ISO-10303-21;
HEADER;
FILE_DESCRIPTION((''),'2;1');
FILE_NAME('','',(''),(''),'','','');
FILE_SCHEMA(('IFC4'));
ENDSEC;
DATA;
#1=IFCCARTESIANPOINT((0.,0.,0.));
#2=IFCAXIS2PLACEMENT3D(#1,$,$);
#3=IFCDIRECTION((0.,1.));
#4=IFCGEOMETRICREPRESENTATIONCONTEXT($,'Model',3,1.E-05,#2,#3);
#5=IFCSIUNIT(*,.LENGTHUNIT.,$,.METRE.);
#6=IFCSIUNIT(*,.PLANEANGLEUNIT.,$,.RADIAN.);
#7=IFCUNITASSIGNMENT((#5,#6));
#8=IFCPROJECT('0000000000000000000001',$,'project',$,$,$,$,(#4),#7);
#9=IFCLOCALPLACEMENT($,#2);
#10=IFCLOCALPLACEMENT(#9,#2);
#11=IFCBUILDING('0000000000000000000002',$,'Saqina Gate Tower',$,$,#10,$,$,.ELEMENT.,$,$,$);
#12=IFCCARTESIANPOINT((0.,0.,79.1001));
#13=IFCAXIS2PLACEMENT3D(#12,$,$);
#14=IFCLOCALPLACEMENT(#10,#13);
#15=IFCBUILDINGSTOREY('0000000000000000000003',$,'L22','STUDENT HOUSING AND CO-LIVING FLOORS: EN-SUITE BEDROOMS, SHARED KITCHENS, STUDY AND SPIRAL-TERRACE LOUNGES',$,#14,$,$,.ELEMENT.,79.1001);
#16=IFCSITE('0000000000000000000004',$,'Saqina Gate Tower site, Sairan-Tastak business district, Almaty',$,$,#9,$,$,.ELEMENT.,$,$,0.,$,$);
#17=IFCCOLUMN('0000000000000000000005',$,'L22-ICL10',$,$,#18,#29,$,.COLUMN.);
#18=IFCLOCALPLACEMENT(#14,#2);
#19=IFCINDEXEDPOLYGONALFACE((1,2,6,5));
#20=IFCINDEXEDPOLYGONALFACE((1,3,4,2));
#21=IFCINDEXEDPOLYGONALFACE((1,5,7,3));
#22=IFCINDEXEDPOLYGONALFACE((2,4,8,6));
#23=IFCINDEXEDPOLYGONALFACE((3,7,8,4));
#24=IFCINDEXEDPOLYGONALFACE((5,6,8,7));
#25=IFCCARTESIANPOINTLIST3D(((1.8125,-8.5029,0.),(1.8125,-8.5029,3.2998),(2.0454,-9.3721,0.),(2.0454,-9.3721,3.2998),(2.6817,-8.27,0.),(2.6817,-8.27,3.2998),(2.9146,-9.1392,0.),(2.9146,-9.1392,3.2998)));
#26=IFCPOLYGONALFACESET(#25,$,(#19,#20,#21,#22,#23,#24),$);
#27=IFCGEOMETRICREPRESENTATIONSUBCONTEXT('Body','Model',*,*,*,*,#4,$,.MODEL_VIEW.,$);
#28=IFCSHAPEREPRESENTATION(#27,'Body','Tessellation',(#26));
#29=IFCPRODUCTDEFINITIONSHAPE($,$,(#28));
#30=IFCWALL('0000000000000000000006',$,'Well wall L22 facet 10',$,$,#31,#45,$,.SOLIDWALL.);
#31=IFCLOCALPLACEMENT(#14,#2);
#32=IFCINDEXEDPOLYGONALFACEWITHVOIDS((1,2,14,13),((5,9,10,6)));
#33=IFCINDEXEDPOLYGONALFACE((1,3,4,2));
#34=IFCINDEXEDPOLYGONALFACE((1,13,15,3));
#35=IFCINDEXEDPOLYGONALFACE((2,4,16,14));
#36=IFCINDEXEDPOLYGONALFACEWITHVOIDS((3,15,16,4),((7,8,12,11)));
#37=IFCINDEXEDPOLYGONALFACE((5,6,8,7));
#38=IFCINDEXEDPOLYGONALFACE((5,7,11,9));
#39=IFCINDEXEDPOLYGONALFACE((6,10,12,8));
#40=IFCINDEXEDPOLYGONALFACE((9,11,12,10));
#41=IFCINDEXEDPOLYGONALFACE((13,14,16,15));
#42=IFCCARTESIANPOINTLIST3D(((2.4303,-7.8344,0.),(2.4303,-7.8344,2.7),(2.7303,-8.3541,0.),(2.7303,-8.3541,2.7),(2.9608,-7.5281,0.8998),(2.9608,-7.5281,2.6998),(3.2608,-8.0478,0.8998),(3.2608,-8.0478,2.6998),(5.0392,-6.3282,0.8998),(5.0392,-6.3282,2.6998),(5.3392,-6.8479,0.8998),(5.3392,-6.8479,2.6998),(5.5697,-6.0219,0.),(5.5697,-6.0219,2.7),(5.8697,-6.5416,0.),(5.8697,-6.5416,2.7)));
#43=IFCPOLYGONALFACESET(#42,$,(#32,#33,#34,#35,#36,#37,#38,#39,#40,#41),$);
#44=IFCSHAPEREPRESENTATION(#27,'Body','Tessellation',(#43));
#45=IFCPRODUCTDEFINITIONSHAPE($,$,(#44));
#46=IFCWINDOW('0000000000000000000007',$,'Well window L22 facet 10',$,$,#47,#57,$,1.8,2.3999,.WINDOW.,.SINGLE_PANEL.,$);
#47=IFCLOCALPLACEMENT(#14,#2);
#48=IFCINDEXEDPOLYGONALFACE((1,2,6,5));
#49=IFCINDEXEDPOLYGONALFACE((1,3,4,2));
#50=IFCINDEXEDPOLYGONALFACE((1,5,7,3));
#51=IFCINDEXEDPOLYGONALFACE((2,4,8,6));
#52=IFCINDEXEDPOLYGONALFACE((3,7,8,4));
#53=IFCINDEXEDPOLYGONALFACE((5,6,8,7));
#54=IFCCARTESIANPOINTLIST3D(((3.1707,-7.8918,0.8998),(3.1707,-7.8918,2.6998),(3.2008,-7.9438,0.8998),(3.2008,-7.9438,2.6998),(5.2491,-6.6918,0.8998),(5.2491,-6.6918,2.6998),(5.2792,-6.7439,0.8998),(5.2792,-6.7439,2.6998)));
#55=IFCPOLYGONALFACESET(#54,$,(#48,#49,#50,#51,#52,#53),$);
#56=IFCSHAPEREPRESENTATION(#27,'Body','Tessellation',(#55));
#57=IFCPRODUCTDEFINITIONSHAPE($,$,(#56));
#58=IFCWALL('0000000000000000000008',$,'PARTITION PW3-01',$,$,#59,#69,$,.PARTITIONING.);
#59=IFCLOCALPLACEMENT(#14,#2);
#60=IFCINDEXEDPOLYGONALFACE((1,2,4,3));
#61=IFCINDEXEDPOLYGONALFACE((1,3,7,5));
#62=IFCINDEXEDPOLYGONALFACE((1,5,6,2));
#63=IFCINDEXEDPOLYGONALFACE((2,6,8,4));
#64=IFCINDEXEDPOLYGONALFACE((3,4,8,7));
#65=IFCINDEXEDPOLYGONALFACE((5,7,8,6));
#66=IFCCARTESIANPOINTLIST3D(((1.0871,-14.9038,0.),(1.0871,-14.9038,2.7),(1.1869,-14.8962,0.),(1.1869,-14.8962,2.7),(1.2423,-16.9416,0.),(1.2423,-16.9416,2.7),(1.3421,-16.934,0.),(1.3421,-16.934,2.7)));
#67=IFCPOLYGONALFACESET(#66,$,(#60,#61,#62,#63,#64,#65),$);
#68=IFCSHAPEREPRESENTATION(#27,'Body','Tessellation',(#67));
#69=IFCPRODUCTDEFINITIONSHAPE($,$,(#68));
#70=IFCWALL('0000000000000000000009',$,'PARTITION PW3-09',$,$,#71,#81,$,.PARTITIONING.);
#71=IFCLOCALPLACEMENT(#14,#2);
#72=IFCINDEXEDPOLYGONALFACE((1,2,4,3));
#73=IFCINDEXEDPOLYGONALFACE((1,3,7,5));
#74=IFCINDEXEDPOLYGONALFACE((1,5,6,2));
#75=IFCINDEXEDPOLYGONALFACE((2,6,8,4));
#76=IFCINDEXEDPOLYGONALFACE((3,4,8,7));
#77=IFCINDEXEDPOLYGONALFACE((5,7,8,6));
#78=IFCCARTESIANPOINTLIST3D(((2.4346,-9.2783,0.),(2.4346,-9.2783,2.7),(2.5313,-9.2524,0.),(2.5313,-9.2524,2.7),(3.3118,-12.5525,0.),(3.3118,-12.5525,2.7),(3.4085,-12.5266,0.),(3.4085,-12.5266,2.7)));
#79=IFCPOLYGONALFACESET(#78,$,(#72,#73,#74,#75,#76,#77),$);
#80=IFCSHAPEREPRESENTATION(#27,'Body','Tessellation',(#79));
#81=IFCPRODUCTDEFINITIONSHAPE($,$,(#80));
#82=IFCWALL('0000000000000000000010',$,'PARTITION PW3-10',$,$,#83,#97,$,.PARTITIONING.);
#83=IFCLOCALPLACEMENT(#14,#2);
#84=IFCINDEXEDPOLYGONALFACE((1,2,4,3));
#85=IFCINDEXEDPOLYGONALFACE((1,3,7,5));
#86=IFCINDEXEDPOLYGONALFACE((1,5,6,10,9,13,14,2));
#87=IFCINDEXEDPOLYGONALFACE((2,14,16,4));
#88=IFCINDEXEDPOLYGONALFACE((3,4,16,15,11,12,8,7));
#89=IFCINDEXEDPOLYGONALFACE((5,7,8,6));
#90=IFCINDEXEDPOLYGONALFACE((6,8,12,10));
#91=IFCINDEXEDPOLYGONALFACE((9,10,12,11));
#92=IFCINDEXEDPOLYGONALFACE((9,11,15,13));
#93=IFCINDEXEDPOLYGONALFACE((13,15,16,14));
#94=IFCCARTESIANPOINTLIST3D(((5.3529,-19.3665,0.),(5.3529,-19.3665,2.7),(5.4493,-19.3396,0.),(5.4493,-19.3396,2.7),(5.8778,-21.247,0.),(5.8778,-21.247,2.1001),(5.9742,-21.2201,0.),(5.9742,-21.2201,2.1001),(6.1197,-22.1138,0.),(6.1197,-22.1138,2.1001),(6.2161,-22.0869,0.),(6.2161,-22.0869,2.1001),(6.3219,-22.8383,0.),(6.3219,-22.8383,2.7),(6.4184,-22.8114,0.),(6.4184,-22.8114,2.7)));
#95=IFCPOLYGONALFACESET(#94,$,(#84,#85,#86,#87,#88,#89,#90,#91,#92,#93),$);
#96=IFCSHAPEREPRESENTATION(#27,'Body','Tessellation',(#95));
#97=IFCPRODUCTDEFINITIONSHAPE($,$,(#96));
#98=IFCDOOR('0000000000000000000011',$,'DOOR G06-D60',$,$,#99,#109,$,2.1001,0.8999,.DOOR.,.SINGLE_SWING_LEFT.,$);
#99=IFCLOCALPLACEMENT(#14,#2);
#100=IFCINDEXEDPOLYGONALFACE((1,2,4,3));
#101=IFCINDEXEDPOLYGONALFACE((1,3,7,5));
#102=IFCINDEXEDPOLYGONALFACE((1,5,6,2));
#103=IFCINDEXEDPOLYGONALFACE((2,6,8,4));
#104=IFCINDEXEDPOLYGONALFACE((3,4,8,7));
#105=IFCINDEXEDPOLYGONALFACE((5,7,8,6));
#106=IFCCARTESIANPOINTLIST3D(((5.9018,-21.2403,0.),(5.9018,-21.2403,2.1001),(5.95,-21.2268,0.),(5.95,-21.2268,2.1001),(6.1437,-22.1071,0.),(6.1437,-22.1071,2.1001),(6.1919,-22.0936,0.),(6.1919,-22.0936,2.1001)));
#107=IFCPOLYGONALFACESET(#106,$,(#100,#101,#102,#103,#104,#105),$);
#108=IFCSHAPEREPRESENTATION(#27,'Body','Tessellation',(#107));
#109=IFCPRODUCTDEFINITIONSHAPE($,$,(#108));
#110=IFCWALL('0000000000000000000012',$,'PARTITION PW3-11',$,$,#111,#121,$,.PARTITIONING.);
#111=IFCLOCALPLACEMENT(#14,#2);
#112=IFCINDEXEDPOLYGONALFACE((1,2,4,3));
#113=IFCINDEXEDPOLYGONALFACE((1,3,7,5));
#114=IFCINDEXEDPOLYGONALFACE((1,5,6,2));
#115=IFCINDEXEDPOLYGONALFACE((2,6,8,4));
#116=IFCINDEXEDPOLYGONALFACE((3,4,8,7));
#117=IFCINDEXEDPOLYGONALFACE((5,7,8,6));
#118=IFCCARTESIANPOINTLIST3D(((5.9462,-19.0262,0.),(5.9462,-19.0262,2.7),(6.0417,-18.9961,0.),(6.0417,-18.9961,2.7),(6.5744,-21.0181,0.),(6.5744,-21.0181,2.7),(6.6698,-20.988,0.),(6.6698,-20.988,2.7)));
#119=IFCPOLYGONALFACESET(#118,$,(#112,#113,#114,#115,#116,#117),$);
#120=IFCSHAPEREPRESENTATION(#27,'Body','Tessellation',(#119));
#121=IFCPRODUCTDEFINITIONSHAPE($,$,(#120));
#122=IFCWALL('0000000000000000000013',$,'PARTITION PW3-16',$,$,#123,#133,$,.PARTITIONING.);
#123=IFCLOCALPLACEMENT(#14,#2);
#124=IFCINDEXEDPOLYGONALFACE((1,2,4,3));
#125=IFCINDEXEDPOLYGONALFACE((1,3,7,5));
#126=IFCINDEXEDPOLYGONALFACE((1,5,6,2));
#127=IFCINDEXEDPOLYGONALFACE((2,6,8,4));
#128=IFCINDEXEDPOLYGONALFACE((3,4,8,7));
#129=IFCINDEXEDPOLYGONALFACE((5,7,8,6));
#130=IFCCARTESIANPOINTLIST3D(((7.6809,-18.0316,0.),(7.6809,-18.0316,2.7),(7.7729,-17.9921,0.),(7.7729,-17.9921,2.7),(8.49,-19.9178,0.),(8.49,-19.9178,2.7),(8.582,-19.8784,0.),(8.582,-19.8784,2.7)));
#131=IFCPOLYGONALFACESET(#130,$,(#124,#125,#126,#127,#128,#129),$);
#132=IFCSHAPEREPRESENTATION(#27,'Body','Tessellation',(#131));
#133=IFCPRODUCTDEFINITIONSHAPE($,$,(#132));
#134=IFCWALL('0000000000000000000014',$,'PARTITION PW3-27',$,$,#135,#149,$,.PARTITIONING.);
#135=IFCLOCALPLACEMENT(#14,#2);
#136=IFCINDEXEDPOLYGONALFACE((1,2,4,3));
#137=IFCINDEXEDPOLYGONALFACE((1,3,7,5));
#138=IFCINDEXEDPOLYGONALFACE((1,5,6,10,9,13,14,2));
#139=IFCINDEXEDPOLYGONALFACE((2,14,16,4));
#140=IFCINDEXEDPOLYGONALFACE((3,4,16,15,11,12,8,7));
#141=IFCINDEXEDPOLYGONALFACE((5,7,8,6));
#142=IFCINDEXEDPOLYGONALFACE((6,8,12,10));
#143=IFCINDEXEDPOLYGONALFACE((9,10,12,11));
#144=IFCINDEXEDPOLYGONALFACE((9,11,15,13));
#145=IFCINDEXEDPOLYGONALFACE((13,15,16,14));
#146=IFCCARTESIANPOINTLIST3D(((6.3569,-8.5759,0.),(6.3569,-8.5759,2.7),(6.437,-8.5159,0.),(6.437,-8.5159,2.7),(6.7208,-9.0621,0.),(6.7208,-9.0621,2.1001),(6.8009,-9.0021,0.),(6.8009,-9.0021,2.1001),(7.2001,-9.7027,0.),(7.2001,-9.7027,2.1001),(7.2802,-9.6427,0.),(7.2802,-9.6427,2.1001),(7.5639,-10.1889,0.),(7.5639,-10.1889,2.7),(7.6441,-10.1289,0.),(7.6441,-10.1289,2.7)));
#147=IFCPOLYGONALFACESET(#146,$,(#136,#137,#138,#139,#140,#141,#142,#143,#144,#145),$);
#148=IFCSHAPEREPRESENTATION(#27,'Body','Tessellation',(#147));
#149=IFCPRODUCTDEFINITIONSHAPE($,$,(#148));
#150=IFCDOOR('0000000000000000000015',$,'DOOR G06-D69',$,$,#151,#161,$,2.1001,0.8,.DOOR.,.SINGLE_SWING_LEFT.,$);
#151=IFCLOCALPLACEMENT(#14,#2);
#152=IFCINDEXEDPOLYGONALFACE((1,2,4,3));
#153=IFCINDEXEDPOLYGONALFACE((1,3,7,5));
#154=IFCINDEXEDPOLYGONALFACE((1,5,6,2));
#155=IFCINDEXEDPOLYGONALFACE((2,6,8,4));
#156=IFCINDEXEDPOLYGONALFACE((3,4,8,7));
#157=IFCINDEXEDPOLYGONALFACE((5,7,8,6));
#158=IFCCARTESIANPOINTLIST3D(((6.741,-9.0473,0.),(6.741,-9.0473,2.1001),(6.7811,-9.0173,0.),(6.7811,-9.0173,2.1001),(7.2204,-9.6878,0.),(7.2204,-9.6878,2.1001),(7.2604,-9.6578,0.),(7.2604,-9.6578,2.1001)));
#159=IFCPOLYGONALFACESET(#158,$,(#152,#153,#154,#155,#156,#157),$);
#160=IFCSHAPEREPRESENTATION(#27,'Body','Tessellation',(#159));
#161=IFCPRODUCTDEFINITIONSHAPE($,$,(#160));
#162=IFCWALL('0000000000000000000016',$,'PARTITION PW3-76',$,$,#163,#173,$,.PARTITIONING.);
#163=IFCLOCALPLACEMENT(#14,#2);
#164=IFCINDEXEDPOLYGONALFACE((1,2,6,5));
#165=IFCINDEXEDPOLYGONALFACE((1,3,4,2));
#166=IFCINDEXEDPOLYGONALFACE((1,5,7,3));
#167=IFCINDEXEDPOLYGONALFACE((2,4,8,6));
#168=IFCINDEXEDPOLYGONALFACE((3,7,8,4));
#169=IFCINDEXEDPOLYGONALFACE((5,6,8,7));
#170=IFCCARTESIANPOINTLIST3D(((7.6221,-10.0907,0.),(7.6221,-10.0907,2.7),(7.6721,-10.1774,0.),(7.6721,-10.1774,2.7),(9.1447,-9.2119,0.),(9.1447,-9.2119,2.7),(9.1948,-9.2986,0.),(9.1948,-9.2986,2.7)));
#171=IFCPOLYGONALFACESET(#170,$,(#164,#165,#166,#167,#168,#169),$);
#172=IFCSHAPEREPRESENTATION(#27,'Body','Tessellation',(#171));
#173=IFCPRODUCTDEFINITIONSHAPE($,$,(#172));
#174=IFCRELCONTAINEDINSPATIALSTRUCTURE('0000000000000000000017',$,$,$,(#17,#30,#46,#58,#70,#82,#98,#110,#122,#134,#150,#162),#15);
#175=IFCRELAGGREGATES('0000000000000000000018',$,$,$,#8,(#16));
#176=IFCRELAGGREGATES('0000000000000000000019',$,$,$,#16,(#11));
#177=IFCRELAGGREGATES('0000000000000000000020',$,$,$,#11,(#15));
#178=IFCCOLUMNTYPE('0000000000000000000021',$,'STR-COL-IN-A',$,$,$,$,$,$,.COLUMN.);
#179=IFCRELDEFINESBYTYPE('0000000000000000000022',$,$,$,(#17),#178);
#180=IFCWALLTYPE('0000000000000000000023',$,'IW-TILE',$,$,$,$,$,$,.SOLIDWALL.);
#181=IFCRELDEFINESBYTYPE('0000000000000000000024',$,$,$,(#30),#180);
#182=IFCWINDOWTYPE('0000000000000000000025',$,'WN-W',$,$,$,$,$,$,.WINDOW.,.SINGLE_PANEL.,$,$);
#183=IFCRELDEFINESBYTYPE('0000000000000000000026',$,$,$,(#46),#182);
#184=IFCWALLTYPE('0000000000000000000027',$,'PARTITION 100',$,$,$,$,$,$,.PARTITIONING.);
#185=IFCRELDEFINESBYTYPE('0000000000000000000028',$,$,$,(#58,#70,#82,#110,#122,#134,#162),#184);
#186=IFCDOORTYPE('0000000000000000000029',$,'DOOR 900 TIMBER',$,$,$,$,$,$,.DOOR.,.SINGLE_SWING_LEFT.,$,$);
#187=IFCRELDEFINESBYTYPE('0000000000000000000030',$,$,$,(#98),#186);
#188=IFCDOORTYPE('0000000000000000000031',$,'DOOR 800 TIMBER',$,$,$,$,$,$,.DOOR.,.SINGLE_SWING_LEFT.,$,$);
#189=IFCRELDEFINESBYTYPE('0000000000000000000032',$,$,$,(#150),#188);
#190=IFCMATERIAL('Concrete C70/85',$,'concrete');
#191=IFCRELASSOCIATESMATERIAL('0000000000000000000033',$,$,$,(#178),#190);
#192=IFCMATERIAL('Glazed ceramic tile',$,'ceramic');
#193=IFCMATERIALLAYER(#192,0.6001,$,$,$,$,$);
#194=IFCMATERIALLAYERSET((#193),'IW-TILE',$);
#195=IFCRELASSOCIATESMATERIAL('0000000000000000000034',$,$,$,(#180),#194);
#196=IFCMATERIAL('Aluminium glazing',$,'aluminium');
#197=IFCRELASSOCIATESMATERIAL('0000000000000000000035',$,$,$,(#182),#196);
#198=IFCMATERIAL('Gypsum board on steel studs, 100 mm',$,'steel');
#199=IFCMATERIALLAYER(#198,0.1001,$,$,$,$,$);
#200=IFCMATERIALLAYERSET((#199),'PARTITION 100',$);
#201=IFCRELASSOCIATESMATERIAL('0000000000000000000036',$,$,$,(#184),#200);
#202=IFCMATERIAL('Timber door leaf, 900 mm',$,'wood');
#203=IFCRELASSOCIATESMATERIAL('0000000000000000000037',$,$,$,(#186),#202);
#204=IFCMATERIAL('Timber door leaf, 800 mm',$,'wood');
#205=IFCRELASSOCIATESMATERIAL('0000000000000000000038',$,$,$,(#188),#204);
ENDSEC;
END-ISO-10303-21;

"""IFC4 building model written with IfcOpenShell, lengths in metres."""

from ifc_helpers import new_model, si_unit, direction, frame, frame_2d, origin, origin_2d, place, context, subcontext, project, spatial, rectangle, extrude, material, layer, layer_set, material_profile, profile_set, type_object, element, fill, save


model = new_model("IFC4")

# Units and contexts
model_context = context("Model", 3, precision=1e-05, world=origin(), true_north=direction((0.0, 1.0)))
body_context = subcontext(model_context, "Body", "Model", "MODEL_VIEW")
ifc_project = project(units=[si_unit("LENGTHUNIT", "METRE"), si_unit("PLANEANGLEUNIT", "RADIAN")], contexts=[model_context])

# Site, building, storey
site_placement = place(None, origin())
site = spatial("IfcSite", under=ifc_project, at=site_placement, Name="Saqina Gate Tower site, Sairan-Tastak business district, Almaty", CompositionType="ELEMENT", RefElevation=0.0)
building_placement = place(site_placement, origin())
building = spatial("IfcBuilding", under=site, at=building_placement, Name="Saqina Gate Tower", CompositionType="ELEMENT")
storey_placement = place(building_placement, frame((0.0, 0.0, 79.1001)))
storey = spatial("IfcBuildingStorey", under=building, at=storey_placement, Name="L22", Description="STUDENT HOUSING AND CO-LIVING FLOORS: EN-SUITE BEDROOMS, SHARED KITCHENS, STUDY AND SPIRAL-TERRACE LOUNGES", CompositionType="ELEMENT", Elevation=79.1001)

# Column
ifc_material_1 = material(Name="Concrete C70/85", Category="concrete")
ifc_material_profile = material_profile(ifc_material_1, rectangle(XDim=0.8999, YDim=0.8999, at=origin_2d()), Name="RC 900x900")
ifc_profile_set = profile_set([ifc_material_profile], Name="Concrete C70/85")
column_type = type_object("IfcColumnType", Name="STR-COL-IN-A", PredefinedType="COLUMN", material=ifc_profile_set)
column_placement = place(storey_placement, frame((2.3635, -8.821, 0.0), z_axis=(0.0, 0.0, 1.0), x_axis=(0.258819, -0.965926, 0.0)))
element("IfcColumn", 1, at=column_placement, inside=storey, type_object=column_type, Name="L22-ICL10", PredefinedType="COLUMN", context=body_context, shape_type="SweptSolid", body=[
    extrude(rectangle(XDim=0.8999, YDim=0.8999, at=origin_2d()), origin(), (0.0, 0.0, 1.0), 3.2998),
])

# Wall, opening, window
ifc_material_2 = material(Name="Glazed ceramic tile", Category="ceramic")
ifc_layer_1 = layer(ifc_material_2, 0.6001)
ifc_layer_set_1 = layer_set([ifc_layer_1], Name="IW-TILE")
wall_type_1 = type_object("IfcWallType", Name="IW-TILE", PredefinedType="SOLIDWALL", material=ifc_layer_set_1)
wall_1_placement = place(storey_placement, frame((2.5803, -8.0942, 0.0), z_axis=(0.0, 0.0, 1.0), x_axis=(0.86603, 0.499993, 0.0)))
wall_1 = element("IfcWall", 2, at=wall_1_placement, inside=storey, type_object=wall_type_1, Name="Well wall L22 facet 10", PredefinedType="SOLIDWALL", context=body_context, shape_type="SweptSolid", body=[
    extrude(rectangle(XDim=3.625, YDim=0.6001, at=frame_2d((1.8125, 0.0))), origin(), (0.0, 0.0, 1.0), 2.7),
])
opening_1_placement = place(wall_1_placement, frame((0.6125, 0.0, 0.8999)))
opening_1 = element("IfcOpeningElement", 3, at=opening_1_placement, cuts=wall_1, PredefinedType="OPENING", context=body_context, shape_type="SweptSolid", body=[
    extrude(rectangle(XDim=2.3999, YDim=1.8, at=frame_2d((1.2, 0.8999))), frame((0.0, 0.312, 0.0), z_axis=(0.0, -1.0, 0.0), x_axis=(1.0, 0.0, 0.0)), (0.0, 0.0, 1.0), 0.624),
])
ifc_material_3 = material(Name="Aluminium glazing", Category="aluminium")
window_type = type_object("IfcWindowType", Name="WN-W", PartitioningType="SINGLE_PANEL", PredefinedType="WINDOW", material=ifc_material_3)
window_placement = place(opening_1_placement, origin())
window = element("IfcWindow", 4, at=window_placement, inside=storey, type_object=window_type, Name="Well window L22 facet 10", OverallHeight=1.8, OverallWidth=2.3999, PartitioningType="SINGLE_PANEL", PredefinedType="WINDOW", context=body_context, shape_type="SweptSolid", body=[
    extrude(rectangle(XDim=2.3999, YDim=1.8, at=frame_2d((1.2, 0.8999))), frame((0.0, -0.1199, 0.0), z_axis=(0.0, -1.0, 0.0), x_axis=(1.0, 0.0, 0.0)), (0.0, 0.0, 1.0), 0.0601),
])
fill(opening_1, window)

# Walls
ifc_material_4 = material(Name="Gypsum board on steel studs, 100 mm", Category="steel")
ifc_layer_2 = layer(ifc_material_4, 0.1001)
ifc_layer_set_2 = layer_set([ifc_layer_2], Name="PARTITION 100")
wall_type_2 = type_object("IfcWallType", Name="PARTITION 100", PredefinedType="PARTITIONING", material=ifc_layer_set_2)
wall_2_placement = place(storey_placement, frame((1.137, -14.8999, 0.0), z_axis=(0.0, 0.0, 1.0), x_axis=(0.075975, -0.99711, 0.0)))
element("IfcWall", 5, at=wall_2_placement, inside=storey, type_object=wall_type_2, Name="PARTITION PW3-01", PredefinedType="PARTITIONING", context=body_context, shape_type="SweptSolid", body=[
    extrude(rectangle(XDim=2.0437, YDim=0.1001, at=frame_2d((1.022, 0.0))), origin(), (0.0, 0.0, 1.0), 2.7),
])
wall_3_placement = place(storey_placement, frame((2.4829, -9.2654, 0.0), z_axis=(0.0, 0.0, 1.0), x_axis=(0.258788, -0.965934, 0.0)))
element("IfcWall", 6, at=wall_3_placement, inside=storey, type_object=wall_type_2, Name="PARTITION PW3-09", PredefinedType="PARTITIONING", context=body_context, shape_type="SweptSolid", body=[
    extrude(rectangle(XDim=3.3896, YDim=0.1001, at=frame_2d((1.6948, 0.0))), origin(), (0.0, 0.0, 1.0), 2.7),
])

# Wall, opening, door
wall_4_placement = place(storey_placement, frame((5.4011, -19.353, 0.0), z_axis=(0.0, 0.0, 1.0), x_axis=(0.268838, -0.963185, 0.0)))
wall_4 = element("IfcWall", 7, at=wall_4_placement, inside=storey, type_object=wall_type_2, Name="PARTITION PW3-10", PredefinedType="PARTITIONING", context=body_context, shape_type="SweptSolid", body=[
    extrude(rectangle(XDim=3.6045, YDim=0.1001, at=frame_2d((1.8022, 0.0))), origin(), (0.0, 0.0, 1.0), 2.7),
])
opening_2_placement = place(wall_4_placement, frame((1.9524, 0.0, 0.0)))
opening_2 = element("IfcOpeningElement", 8, at=opening_2_placement, cuts=wall_4, PredefinedType="OPENING", context=body_context, shape_type="SweptSolid", body=[
    extrude(rectangle(XDim=0.8999, YDim=2.1001, at=frame_2d((0.45, 1.05))), frame((0.0, 0.062, 0.0), z_axis=(0.0, -1.0, 0.0), x_axis=(1.0, 0.0, 0.0)), (0.0, 0.0, 1.0), 0.124),
])
ifc_material_5 = material(Name="Timber door leaf, 900 mm", Category="wood")
door_type_1 = type_object("IfcDoorType", Name="DOOR 900 TIMBER", OperationType="SINGLE_SWING_LEFT", PredefinedType="DOOR", material=ifc_material_5)
door_1_placement = place(opening_2_placement, origin())
door_1 = element("IfcDoor", 9, at=door_1_placement, inside=storey, type_object=door_type_1, Name="DOOR G06-D60", OperationType="SINGLE_SWING_LEFT", OverallHeight=2.1001, OverallWidth=0.8999, PredefinedType="DOOR", context=body_context, shape_type="SweptSolid", body=[
    extrude(rectangle(XDim=0.8999, YDim=2.1001, at=frame_2d((0.45, 1.05))), frame((0.0, 0.0249, 0.0), z_axis=(0.0, -1.0, 0.0), x_axis=(1.0, 0.0, 0.0)), (0.0, 0.0, 1.0), 0.05),
])
fill(opening_2, door_1)

# Walls
wall_5_placement = place(storey_placement, frame((5.9939, -19.011, 0.0), z_axis=(0.0, 0.0, 1.0), x_axis=(0.300757, -0.953701, 0.0)))
element("IfcWall", 10, at=wall_5_placement, inside=storey, type_object=wall_type_2, Name="PARTITION PW3-11", PredefinedType="PARTITIONING", context=body_context, shape_type="SweptSolid", body=[
    extrude(rectangle(XDim=2.0886, YDim=0.1001, at=frame_2d((1.0444, 0.0))), origin(), (0.0, 0.0, 1.0), 2.7),
])
wall_6_placement = place(storey_placement, frame((7.7268, -18.0117, 0.0), z_axis=(0.0, 0.0, 1.0), x_axis=(0.394206, -0.919022, 0.0)))
element("IfcWall", 11, at=wall_6_placement, inside=storey, type_object=wall_type_2, Name="PARTITION PW3-16", PredefinedType="PARTITIONING", context=body_context, shape_type="SweptSolid", body=[
    extrude(rectangle(XDim=2.0525, YDim=0.1001, at=frame_2d((1.0264, 0.0))), origin(), (0.0, 0.0, 1.0), 2.7),
])

# Wall, opening, door
wall_7_placement = place(storey_placement, frame((6.397, -8.5459, 0.0), z_axis=(0.0, 0.0, 1.0), x_axis=(0.599127, -0.800654, 0.0)))
wall_7 = element("IfcWall", 12, at=wall_7_placement, inside=storey, type_object=wall_type_2, Name="PARTITION PW3-27", PredefinedType="PARTITIONING", context=body_context, shape_type="SweptSolid", body=[
    extrude(rectangle(XDim=2.0146, YDim=0.1001, at=frame_2d((1.0073, 0.0))), origin(), (0.0, 0.0, 1.0), 2.7),
])
opening_3_placement = place(wall_7_placement, frame((0.6074, 0.0, 0.0)))
opening_3 = element("IfcOpeningElement", 13, at=opening_3_placement, cuts=wall_7, PredefinedType="OPENING", context=body_context, shape_type="SweptSolid", body=[
    extrude(rectangle(XDim=0.8, YDim=2.1001, at=frame_2d((0.3999, 1.05))), frame((0.0, 0.062, 0.0), z_axis=(0.0, -1.0, 0.0), x_axis=(1.0, 0.0, 0.0)), (0.0, 0.0, 1.0), 0.124),
])
ifc_material_6 = material(Name="Timber door leaf, 800 mm", Category="wood")
door_type_2 = type_object("IfcDoorType", Name="DOOR 800 TIMBER", OperationType="SINGLE_SWING_LEFT", PredefinedType="DOOR", material=ifc_material_6)
door_2_placement = place(opening_3_placement, frame((0.8, 0.0, 0.0), z_axis=(0.0, 0.0, 1.0), x_axis=(-1.0, 0.0, 0.0)))
door_2 = element("IfcDoor", 14, at=door_2_placement, inside=storey, type_object=door_type_2, Name="DOOR G06-D69", OperationType="SINGLE_SWING_LEFT", OverallHeight=2.1001, OverallWidth=0.8, PredefinedType="DOOR", context=body_context, shape_type="SweptSolid", body=[
    extrude(rectangle(XDim=0.8, YDim=2.1001, at=frame_2d((0.3999, 1.05))), frame((0.0, 0.0249, 0.0), z_axis=(0.0, -1.0, 0.0), x_axis=(1.0, 0.0, 0.0)), (0.0, 0.0, 1.0), 0.05),
])
fill(opening_3, door_2)

# Wall
wall_8_placement = place(storey_placement, frame((7.6472, -10.134, 0.0), z_axis=(0.0, 0.0, 1.0), x_axis=(0.866082, 0.499903, 0.0)))
element("IfcWall", 15, at=wall_8_placement, inside=storey, type_object=wall_type_2, Name="PARTITION PW3-76", PredefinedType="PARTITIONING", context=body_context, shape_type="SweptSolid", body=[
    extrude(rectangle(XDim=1.7581, YDim=0.1001, at=frame_2d((0.8789, 0.0))), origin(), (0.0, 0.0, 1.0), 2.7),
])

save(model, "model.ifc")
